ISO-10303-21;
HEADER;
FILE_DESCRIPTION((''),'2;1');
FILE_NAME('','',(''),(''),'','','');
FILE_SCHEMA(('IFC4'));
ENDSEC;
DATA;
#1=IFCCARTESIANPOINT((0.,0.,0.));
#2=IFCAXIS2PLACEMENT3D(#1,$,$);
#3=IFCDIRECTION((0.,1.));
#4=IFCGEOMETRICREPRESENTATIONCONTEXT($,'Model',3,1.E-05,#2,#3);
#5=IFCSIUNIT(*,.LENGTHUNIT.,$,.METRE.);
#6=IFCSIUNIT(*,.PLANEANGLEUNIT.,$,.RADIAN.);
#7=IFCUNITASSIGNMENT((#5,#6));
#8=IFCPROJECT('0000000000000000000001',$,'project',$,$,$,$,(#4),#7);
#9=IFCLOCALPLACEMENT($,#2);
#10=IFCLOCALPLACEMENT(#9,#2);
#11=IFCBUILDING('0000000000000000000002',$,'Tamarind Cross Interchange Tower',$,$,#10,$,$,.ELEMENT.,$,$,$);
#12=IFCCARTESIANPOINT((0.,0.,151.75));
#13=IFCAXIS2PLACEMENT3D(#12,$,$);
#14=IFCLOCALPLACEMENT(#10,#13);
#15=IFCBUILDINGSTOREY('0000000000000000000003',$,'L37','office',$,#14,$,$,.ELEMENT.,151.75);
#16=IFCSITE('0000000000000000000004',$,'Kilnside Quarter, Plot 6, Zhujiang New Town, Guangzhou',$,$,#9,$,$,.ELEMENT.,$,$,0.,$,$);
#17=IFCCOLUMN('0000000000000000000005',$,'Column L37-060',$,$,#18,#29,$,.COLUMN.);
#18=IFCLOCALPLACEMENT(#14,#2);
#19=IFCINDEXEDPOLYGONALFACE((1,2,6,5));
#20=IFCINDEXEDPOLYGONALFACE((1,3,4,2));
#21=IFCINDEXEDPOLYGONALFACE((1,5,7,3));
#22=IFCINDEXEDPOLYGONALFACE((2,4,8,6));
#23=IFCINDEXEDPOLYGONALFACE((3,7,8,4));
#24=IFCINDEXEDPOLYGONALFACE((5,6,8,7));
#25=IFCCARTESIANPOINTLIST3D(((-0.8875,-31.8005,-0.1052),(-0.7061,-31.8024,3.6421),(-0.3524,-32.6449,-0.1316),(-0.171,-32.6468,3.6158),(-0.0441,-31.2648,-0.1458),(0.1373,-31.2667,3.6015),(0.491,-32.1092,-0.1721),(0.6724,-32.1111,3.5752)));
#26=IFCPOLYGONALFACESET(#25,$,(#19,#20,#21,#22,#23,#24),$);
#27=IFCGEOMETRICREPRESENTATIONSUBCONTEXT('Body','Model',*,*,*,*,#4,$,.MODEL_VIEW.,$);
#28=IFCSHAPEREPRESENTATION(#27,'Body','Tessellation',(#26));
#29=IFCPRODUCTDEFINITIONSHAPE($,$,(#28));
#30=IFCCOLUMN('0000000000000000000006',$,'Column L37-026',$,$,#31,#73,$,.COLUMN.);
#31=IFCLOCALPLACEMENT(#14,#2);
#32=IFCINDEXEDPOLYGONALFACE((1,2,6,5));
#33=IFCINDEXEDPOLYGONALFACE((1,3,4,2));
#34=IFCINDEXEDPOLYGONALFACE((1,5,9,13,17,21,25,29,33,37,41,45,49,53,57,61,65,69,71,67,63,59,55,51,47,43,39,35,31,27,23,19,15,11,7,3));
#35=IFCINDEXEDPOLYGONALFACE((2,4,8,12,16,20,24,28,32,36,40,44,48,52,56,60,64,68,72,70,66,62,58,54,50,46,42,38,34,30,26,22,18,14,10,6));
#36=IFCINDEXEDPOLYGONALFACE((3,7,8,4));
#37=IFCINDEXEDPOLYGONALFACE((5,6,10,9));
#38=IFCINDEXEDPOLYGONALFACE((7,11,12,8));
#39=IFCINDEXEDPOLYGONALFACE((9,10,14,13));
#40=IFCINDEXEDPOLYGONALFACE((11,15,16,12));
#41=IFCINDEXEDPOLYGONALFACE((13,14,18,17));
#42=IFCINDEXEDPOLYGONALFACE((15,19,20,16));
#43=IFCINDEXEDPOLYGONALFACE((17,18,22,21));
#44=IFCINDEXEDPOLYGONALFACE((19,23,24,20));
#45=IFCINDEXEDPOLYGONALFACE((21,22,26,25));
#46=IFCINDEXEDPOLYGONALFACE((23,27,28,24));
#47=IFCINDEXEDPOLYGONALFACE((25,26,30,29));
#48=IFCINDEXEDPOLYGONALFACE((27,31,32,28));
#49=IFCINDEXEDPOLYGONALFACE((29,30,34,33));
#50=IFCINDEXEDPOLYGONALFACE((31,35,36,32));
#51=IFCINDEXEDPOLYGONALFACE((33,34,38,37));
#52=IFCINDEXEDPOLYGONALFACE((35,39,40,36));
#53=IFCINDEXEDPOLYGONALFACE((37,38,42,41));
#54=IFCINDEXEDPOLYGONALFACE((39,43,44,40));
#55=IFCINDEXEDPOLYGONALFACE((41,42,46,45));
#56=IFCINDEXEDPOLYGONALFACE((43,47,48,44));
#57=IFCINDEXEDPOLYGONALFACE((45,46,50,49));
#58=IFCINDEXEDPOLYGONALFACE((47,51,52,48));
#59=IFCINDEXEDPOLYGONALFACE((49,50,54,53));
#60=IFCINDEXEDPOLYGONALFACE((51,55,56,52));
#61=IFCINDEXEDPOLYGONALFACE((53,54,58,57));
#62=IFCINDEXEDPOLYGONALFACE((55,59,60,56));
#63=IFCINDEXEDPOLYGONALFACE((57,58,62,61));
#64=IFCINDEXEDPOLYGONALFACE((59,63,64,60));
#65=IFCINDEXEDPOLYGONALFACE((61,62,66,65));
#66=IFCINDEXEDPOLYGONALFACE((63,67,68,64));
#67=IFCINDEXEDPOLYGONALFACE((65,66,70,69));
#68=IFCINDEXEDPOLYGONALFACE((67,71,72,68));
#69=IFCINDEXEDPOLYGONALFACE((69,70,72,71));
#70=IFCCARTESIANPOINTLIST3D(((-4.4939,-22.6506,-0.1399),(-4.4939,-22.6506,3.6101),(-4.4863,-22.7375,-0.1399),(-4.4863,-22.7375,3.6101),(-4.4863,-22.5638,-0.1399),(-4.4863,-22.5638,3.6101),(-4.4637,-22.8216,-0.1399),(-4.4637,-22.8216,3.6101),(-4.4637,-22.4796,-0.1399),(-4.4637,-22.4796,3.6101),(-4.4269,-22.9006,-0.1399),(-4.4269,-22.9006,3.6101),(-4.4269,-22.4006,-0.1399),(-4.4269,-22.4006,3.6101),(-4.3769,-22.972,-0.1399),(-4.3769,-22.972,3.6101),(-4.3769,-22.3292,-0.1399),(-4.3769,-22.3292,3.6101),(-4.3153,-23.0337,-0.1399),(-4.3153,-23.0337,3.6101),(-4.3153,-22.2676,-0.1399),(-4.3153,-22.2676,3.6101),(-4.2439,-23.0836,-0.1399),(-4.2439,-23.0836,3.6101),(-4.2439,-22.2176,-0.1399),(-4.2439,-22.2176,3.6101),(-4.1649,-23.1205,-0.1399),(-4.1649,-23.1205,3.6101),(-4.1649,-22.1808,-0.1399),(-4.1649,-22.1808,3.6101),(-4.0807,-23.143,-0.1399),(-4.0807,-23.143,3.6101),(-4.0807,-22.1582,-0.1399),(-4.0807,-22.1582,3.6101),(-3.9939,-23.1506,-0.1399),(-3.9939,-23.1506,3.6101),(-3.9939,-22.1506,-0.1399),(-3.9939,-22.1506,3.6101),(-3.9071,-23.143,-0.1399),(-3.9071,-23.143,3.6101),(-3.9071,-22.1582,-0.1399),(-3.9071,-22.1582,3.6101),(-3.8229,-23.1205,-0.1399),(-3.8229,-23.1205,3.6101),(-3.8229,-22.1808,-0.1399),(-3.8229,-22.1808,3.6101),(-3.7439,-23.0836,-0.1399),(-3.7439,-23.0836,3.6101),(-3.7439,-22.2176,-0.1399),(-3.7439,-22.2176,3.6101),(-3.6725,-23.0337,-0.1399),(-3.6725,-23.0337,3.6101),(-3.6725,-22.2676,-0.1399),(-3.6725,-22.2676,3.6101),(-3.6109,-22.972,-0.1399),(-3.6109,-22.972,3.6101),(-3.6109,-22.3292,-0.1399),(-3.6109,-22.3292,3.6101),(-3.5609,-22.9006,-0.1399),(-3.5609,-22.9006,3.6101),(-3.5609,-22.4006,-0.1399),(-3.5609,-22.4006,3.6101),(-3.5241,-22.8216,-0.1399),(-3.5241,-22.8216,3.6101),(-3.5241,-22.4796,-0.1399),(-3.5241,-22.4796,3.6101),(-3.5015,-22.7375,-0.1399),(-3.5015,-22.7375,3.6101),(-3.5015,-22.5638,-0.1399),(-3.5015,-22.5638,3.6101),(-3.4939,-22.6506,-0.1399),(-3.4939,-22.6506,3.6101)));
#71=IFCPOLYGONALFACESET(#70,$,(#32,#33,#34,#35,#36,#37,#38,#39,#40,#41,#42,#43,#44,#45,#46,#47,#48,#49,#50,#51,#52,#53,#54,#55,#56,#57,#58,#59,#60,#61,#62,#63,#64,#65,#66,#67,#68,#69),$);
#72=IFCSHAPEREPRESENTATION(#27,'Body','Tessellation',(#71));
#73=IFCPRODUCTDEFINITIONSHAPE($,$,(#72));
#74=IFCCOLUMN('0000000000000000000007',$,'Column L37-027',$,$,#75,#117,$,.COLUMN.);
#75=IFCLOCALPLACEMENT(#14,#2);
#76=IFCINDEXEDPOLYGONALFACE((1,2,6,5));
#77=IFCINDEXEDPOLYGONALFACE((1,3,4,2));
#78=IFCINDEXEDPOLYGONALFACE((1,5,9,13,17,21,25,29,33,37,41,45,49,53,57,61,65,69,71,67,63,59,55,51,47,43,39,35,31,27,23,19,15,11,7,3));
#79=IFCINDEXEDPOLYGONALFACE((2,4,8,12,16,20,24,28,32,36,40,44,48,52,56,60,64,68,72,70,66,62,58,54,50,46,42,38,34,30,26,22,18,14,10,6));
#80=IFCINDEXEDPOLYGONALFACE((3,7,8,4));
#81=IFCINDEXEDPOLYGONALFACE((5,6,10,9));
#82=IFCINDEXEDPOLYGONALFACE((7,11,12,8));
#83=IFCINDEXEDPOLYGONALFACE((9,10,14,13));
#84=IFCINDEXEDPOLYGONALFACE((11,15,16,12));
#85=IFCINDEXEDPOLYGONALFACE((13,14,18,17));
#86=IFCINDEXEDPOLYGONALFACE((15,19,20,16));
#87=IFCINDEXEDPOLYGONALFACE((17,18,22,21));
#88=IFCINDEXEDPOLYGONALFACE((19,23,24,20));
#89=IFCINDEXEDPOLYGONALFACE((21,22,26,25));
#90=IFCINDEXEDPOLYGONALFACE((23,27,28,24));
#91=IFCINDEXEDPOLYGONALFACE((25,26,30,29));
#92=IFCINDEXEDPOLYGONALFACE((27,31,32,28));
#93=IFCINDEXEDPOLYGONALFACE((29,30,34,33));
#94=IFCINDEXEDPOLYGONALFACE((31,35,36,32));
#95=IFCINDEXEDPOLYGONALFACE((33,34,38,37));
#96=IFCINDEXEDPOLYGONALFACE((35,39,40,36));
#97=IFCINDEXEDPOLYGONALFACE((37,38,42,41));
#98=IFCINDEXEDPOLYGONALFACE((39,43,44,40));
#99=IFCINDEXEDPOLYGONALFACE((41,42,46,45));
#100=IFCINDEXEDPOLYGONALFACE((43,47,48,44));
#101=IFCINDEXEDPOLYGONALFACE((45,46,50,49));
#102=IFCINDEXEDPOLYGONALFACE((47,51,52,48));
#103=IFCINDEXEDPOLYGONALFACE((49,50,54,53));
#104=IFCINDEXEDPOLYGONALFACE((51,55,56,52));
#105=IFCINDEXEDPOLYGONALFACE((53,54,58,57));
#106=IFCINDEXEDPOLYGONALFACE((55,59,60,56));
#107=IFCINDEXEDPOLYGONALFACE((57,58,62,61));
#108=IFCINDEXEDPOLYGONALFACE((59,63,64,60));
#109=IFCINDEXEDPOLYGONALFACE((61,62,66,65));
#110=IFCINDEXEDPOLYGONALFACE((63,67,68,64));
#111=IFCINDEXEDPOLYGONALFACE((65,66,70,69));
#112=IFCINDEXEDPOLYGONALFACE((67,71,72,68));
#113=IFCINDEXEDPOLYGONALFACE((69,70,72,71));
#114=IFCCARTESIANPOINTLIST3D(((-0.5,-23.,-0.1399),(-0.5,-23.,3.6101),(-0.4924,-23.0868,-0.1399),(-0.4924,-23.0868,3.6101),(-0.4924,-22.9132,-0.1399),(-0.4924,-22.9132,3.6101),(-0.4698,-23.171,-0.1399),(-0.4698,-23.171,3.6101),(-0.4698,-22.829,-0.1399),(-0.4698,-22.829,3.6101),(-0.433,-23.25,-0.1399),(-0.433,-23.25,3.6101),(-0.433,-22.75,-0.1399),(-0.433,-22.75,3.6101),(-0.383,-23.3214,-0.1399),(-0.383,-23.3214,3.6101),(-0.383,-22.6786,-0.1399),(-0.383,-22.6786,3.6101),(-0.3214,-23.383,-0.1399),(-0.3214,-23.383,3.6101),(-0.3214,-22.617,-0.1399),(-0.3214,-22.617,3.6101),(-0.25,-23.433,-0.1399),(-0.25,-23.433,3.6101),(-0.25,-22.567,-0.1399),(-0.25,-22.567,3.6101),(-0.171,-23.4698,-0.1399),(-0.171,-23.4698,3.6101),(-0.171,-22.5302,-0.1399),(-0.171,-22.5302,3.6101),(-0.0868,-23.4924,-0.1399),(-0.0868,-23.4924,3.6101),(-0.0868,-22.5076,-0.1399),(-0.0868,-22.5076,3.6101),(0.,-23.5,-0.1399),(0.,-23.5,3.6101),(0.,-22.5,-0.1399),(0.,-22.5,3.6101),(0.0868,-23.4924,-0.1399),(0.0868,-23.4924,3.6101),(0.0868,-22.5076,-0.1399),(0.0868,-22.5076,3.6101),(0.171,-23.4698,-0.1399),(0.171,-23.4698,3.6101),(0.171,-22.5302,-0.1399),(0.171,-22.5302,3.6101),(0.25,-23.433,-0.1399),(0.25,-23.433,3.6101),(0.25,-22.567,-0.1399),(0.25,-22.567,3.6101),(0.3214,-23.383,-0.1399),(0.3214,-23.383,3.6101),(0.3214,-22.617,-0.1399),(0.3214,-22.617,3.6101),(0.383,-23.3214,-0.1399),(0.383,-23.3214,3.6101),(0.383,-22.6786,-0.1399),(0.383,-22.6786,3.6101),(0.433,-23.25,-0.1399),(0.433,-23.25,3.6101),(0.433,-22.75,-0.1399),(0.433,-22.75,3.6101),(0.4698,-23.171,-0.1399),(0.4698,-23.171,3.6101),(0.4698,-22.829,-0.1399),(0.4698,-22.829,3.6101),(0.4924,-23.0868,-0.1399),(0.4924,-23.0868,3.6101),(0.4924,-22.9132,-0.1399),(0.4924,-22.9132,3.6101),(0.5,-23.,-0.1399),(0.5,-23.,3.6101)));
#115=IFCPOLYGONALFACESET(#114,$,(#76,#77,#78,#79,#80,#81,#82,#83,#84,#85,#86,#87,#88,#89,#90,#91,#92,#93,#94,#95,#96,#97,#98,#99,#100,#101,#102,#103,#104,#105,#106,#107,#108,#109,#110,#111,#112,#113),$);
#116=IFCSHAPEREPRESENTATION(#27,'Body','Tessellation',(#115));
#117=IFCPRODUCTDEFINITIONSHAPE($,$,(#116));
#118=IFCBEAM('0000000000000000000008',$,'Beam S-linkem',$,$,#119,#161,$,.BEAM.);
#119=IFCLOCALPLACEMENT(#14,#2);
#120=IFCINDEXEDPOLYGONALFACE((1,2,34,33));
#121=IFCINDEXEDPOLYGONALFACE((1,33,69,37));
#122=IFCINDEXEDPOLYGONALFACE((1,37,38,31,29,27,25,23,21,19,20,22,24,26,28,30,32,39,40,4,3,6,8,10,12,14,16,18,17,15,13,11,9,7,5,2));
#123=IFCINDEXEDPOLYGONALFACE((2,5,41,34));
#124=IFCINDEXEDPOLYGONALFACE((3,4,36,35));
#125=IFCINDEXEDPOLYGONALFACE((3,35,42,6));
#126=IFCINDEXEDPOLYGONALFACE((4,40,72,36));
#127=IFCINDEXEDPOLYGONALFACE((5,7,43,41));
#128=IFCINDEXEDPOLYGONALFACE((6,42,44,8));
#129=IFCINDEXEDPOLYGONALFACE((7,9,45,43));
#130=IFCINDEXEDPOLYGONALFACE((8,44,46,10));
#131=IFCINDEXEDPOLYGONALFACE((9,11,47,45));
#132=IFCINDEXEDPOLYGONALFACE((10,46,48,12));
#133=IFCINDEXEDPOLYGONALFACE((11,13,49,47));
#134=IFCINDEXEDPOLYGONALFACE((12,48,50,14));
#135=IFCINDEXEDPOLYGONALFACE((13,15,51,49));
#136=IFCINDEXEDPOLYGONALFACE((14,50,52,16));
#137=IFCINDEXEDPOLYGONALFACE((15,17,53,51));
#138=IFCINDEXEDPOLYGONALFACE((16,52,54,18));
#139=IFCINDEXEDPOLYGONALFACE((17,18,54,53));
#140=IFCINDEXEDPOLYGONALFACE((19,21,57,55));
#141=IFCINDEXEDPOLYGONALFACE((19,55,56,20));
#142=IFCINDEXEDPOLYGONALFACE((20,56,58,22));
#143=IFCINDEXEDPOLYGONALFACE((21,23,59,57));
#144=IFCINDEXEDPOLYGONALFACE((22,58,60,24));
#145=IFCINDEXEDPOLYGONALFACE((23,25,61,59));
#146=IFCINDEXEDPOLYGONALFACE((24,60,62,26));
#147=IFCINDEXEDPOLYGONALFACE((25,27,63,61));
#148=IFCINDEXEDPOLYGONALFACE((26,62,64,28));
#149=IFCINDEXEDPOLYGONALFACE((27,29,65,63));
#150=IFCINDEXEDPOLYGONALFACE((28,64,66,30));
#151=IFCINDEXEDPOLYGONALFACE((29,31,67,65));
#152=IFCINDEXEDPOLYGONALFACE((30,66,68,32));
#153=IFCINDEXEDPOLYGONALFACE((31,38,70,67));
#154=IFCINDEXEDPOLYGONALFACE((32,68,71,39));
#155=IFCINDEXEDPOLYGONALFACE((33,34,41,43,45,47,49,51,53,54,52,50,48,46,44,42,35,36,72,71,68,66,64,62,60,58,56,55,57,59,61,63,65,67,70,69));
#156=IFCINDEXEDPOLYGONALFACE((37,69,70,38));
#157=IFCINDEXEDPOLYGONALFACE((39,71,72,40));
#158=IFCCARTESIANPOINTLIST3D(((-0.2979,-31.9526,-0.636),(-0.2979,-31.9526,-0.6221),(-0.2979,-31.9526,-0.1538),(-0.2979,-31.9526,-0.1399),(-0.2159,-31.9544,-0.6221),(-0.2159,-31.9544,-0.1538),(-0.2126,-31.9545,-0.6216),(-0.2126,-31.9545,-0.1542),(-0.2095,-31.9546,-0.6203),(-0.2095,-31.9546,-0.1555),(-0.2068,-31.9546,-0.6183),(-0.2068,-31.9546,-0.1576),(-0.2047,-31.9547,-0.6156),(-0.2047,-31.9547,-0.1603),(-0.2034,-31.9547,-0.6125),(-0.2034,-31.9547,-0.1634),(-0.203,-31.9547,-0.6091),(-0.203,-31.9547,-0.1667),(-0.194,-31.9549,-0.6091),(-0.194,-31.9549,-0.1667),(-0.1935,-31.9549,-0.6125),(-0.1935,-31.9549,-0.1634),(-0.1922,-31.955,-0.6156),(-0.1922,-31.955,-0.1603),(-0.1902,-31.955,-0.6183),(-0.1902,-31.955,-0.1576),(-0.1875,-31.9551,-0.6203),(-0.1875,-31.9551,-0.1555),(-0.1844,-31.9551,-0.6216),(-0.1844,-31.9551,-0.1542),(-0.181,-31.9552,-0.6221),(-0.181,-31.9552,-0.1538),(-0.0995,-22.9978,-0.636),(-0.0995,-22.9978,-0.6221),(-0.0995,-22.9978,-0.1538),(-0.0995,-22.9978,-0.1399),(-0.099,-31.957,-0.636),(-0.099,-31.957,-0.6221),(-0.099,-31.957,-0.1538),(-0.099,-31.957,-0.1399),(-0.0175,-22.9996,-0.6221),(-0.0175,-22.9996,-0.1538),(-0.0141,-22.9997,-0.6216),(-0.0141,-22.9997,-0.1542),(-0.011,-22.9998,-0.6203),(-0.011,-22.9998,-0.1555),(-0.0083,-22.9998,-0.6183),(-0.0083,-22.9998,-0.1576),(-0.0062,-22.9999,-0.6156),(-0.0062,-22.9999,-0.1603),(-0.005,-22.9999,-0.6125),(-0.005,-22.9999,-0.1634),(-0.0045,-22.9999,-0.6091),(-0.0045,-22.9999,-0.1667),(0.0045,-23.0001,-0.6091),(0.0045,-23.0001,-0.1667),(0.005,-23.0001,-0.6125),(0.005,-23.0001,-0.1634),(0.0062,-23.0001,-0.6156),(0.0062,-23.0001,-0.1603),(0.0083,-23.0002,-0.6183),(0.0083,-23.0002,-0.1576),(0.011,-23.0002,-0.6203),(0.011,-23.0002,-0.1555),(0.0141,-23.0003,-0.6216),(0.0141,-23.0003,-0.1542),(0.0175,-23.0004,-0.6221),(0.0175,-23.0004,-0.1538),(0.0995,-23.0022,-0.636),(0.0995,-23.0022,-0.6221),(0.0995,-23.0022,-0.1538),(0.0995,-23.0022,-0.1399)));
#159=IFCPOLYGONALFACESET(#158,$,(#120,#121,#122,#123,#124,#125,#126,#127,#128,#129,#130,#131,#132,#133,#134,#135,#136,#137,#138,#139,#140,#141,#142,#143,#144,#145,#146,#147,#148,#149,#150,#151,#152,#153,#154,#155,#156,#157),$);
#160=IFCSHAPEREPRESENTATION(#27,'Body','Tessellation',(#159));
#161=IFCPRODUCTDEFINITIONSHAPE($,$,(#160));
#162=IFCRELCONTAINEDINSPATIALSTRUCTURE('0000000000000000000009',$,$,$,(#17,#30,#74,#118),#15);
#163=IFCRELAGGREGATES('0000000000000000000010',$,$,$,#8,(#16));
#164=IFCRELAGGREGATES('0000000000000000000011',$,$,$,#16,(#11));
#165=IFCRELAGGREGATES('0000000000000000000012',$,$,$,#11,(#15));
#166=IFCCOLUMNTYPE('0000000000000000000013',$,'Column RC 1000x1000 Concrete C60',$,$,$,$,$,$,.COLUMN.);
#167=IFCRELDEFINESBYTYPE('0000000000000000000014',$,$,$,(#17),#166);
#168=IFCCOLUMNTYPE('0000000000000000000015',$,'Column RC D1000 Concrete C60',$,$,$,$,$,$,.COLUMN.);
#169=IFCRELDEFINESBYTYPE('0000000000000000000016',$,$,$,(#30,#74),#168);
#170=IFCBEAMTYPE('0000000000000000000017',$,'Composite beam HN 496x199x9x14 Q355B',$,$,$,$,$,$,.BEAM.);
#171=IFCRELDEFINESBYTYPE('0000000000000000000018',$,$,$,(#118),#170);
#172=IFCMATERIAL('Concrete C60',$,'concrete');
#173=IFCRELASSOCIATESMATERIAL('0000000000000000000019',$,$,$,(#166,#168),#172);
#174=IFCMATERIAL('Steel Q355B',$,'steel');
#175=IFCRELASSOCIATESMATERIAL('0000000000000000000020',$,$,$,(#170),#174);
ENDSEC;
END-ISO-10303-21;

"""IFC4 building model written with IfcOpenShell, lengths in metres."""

from ifc_helpers import new_model, si_unit, direction, frame, origin, origin_2d, place, context, subcontext, project, spatial, rectangle, circle, i_section, extrude, material, material_profile, profile_set, type_object, element, save


model = new_model("IFC4")

# Units and contexts
model_context = context("Model", 3, precision=1e-05, world=origin(), true_north=direction((0.0, 1.0)))
body_context = subcontext(model_context, "Body", "Model", "MODEL_VIEW")
ifc_project = project(units=[si_unit("LENGTHUNIT", "METRE"), si_unit("PLANEANGLEUNIT", "RADIAN")], contexts=[model_context])

# Site, building, storey
site_placement = place(None, origin())
site = spatial("IfcSite", under=ifc_project, at=site_placement, Name="Kilnside Quarter, Plot 6, Zhujiang New Town, Guangzhou", CompositionType="ELEMENT", RefElevation=0.0)
building_placement = place(site_placement, origin())
building = spatial("IfcBuilding", under=site, at=building_placement, Name="Tamarind Cross Interchange Tower", CompositionType="ELEMENT")
storey_placement = place(building_placement, frame((0.0, 0.0, 151.75)))
storey = spatial("IfcBuildingStorey", under=building, at=storey_placement, Name="L37", Description="office", CompositionType="ELEMENT", Elevation=151.75)

# Columns
ifc_material_1 = material(Name="Concrete C60", Category="concrete")
ifc_material_profile_1 = material_profile(ifc_material_1, rectangle(XDim=1.0, YDim=1.0, at=origin_2d()), Name="RC 1000x1000")
ifc_profile_set_1 = profile_set([ifc_material_profile_1], Name="Concrete C60")
column_type_1 = type_object("IfcColumnType", Name="Column RC 1000x1000 Concrete C60", PredefinedType="COLUMN", material=ifc_profile_set_1)
column_placement = place(storey_placement, frame((-0.1982, -31.9548, -0.1387), z_axis=(0.04835, -0.000521, 0.99883), x_axis=(-0.53506, 0.844404, 0.026341)))
element("IfcColumn", 1, at=column_placement, inside=storey, type_object=column_type_1, Name="Column L37-060", PredefinedType="COLUMN", context=body_context, shape_type="SweptSolid", body=[
    extrude(rectangle(XDim=1.0, YDim=1.0, at=origin_2d()), origin(), (0.0, 0.0, 1.0), 3.7517),
])
ifc_material_profile_2 = material_profile(ifc_material_1, circle(Radius=0.5, at=origin_2d()), Name="RC D1000")
ifc_profile_set_2 = profile_set([ifc_material_profile_2], Name="Concrete C60")
column_type_2 = type_object("IfcColumnType", Name="Column RC D1000 Concrete C60", PredefinedType="COLUMN", material=ifc_profile_set_2)
for number, where, z_axis, x_axis, name in (
    (2, (-3.9939, -22.6506, -0.1399), (0.0, 0.0, 1.0), (1.0, 0.0, 0.0), "Column L37-026"),
    (3, (0.0, -23.0, -0.1399), (0.0, 0.0, 1.0), (1.0, 0.0, 0.0), "Column L37-027"),
):
    element("IfcColumn", number, at=place(storey_placement, frame(where, z_axis=z_axis, x_axis=x_axis)), inside=storey, type_object=column_type_2, Name=name, PredefinedType="COLUMN", context=body_context, shape_type="SweptSolid", body=[
        extrude(circle(Radius=0.5, at=origin_2d()), origin(), (0.0, 0.0, 1.0), 3.75),
    ])

# Beam
ifc_material_2 = material(Name="Steel Q355B", Category="steel")
ifc_material_profile_3 = material_profile(ifc_material_2, i_section(OverallWidth=0.199, OverallDepth=0.4961, WebThickness=0.009, FlangeThickness=0.0139, FilletRadius=0.0129, at=origin_2d()), Name="HN 496x199x9x14")
ifc_profile_set_3 = profile_set([ifc_material_profile_3], Name="Steel Q355B")
beam_type_1 = type_object("IfcBeamType", Name="Composite beam HN 496x199x9x14 Q355B", PredefinedType="BEAM", material=ifc_profile_set_3)
beam_1_placement = place(storey_placement, frame((-0.1985, -31.9548, -0.3879), z_axis=(0.02216, 0.999754, 0.0), x_axis=(-0.999754, 0.02216, 0.0)))
element("IfcBeam", 4, at=beam_1_placement, inside=storey, type_object=beam_type_1, Name="Beam S-linkem", PredefinedType="BEAM", context=body_context, shape_type="SweptSolid", body=[
    extrude(i_section(OverallWidth=0.199, OverallDepth=0.4961, WebThickness=0.009, FlangeThickness=0.0139, FilletRadius=0.0129, at=origin_2d()), origin(), (0.0, 0.0, 1.0), 8.957),
])

save(model, "model.ifc")
